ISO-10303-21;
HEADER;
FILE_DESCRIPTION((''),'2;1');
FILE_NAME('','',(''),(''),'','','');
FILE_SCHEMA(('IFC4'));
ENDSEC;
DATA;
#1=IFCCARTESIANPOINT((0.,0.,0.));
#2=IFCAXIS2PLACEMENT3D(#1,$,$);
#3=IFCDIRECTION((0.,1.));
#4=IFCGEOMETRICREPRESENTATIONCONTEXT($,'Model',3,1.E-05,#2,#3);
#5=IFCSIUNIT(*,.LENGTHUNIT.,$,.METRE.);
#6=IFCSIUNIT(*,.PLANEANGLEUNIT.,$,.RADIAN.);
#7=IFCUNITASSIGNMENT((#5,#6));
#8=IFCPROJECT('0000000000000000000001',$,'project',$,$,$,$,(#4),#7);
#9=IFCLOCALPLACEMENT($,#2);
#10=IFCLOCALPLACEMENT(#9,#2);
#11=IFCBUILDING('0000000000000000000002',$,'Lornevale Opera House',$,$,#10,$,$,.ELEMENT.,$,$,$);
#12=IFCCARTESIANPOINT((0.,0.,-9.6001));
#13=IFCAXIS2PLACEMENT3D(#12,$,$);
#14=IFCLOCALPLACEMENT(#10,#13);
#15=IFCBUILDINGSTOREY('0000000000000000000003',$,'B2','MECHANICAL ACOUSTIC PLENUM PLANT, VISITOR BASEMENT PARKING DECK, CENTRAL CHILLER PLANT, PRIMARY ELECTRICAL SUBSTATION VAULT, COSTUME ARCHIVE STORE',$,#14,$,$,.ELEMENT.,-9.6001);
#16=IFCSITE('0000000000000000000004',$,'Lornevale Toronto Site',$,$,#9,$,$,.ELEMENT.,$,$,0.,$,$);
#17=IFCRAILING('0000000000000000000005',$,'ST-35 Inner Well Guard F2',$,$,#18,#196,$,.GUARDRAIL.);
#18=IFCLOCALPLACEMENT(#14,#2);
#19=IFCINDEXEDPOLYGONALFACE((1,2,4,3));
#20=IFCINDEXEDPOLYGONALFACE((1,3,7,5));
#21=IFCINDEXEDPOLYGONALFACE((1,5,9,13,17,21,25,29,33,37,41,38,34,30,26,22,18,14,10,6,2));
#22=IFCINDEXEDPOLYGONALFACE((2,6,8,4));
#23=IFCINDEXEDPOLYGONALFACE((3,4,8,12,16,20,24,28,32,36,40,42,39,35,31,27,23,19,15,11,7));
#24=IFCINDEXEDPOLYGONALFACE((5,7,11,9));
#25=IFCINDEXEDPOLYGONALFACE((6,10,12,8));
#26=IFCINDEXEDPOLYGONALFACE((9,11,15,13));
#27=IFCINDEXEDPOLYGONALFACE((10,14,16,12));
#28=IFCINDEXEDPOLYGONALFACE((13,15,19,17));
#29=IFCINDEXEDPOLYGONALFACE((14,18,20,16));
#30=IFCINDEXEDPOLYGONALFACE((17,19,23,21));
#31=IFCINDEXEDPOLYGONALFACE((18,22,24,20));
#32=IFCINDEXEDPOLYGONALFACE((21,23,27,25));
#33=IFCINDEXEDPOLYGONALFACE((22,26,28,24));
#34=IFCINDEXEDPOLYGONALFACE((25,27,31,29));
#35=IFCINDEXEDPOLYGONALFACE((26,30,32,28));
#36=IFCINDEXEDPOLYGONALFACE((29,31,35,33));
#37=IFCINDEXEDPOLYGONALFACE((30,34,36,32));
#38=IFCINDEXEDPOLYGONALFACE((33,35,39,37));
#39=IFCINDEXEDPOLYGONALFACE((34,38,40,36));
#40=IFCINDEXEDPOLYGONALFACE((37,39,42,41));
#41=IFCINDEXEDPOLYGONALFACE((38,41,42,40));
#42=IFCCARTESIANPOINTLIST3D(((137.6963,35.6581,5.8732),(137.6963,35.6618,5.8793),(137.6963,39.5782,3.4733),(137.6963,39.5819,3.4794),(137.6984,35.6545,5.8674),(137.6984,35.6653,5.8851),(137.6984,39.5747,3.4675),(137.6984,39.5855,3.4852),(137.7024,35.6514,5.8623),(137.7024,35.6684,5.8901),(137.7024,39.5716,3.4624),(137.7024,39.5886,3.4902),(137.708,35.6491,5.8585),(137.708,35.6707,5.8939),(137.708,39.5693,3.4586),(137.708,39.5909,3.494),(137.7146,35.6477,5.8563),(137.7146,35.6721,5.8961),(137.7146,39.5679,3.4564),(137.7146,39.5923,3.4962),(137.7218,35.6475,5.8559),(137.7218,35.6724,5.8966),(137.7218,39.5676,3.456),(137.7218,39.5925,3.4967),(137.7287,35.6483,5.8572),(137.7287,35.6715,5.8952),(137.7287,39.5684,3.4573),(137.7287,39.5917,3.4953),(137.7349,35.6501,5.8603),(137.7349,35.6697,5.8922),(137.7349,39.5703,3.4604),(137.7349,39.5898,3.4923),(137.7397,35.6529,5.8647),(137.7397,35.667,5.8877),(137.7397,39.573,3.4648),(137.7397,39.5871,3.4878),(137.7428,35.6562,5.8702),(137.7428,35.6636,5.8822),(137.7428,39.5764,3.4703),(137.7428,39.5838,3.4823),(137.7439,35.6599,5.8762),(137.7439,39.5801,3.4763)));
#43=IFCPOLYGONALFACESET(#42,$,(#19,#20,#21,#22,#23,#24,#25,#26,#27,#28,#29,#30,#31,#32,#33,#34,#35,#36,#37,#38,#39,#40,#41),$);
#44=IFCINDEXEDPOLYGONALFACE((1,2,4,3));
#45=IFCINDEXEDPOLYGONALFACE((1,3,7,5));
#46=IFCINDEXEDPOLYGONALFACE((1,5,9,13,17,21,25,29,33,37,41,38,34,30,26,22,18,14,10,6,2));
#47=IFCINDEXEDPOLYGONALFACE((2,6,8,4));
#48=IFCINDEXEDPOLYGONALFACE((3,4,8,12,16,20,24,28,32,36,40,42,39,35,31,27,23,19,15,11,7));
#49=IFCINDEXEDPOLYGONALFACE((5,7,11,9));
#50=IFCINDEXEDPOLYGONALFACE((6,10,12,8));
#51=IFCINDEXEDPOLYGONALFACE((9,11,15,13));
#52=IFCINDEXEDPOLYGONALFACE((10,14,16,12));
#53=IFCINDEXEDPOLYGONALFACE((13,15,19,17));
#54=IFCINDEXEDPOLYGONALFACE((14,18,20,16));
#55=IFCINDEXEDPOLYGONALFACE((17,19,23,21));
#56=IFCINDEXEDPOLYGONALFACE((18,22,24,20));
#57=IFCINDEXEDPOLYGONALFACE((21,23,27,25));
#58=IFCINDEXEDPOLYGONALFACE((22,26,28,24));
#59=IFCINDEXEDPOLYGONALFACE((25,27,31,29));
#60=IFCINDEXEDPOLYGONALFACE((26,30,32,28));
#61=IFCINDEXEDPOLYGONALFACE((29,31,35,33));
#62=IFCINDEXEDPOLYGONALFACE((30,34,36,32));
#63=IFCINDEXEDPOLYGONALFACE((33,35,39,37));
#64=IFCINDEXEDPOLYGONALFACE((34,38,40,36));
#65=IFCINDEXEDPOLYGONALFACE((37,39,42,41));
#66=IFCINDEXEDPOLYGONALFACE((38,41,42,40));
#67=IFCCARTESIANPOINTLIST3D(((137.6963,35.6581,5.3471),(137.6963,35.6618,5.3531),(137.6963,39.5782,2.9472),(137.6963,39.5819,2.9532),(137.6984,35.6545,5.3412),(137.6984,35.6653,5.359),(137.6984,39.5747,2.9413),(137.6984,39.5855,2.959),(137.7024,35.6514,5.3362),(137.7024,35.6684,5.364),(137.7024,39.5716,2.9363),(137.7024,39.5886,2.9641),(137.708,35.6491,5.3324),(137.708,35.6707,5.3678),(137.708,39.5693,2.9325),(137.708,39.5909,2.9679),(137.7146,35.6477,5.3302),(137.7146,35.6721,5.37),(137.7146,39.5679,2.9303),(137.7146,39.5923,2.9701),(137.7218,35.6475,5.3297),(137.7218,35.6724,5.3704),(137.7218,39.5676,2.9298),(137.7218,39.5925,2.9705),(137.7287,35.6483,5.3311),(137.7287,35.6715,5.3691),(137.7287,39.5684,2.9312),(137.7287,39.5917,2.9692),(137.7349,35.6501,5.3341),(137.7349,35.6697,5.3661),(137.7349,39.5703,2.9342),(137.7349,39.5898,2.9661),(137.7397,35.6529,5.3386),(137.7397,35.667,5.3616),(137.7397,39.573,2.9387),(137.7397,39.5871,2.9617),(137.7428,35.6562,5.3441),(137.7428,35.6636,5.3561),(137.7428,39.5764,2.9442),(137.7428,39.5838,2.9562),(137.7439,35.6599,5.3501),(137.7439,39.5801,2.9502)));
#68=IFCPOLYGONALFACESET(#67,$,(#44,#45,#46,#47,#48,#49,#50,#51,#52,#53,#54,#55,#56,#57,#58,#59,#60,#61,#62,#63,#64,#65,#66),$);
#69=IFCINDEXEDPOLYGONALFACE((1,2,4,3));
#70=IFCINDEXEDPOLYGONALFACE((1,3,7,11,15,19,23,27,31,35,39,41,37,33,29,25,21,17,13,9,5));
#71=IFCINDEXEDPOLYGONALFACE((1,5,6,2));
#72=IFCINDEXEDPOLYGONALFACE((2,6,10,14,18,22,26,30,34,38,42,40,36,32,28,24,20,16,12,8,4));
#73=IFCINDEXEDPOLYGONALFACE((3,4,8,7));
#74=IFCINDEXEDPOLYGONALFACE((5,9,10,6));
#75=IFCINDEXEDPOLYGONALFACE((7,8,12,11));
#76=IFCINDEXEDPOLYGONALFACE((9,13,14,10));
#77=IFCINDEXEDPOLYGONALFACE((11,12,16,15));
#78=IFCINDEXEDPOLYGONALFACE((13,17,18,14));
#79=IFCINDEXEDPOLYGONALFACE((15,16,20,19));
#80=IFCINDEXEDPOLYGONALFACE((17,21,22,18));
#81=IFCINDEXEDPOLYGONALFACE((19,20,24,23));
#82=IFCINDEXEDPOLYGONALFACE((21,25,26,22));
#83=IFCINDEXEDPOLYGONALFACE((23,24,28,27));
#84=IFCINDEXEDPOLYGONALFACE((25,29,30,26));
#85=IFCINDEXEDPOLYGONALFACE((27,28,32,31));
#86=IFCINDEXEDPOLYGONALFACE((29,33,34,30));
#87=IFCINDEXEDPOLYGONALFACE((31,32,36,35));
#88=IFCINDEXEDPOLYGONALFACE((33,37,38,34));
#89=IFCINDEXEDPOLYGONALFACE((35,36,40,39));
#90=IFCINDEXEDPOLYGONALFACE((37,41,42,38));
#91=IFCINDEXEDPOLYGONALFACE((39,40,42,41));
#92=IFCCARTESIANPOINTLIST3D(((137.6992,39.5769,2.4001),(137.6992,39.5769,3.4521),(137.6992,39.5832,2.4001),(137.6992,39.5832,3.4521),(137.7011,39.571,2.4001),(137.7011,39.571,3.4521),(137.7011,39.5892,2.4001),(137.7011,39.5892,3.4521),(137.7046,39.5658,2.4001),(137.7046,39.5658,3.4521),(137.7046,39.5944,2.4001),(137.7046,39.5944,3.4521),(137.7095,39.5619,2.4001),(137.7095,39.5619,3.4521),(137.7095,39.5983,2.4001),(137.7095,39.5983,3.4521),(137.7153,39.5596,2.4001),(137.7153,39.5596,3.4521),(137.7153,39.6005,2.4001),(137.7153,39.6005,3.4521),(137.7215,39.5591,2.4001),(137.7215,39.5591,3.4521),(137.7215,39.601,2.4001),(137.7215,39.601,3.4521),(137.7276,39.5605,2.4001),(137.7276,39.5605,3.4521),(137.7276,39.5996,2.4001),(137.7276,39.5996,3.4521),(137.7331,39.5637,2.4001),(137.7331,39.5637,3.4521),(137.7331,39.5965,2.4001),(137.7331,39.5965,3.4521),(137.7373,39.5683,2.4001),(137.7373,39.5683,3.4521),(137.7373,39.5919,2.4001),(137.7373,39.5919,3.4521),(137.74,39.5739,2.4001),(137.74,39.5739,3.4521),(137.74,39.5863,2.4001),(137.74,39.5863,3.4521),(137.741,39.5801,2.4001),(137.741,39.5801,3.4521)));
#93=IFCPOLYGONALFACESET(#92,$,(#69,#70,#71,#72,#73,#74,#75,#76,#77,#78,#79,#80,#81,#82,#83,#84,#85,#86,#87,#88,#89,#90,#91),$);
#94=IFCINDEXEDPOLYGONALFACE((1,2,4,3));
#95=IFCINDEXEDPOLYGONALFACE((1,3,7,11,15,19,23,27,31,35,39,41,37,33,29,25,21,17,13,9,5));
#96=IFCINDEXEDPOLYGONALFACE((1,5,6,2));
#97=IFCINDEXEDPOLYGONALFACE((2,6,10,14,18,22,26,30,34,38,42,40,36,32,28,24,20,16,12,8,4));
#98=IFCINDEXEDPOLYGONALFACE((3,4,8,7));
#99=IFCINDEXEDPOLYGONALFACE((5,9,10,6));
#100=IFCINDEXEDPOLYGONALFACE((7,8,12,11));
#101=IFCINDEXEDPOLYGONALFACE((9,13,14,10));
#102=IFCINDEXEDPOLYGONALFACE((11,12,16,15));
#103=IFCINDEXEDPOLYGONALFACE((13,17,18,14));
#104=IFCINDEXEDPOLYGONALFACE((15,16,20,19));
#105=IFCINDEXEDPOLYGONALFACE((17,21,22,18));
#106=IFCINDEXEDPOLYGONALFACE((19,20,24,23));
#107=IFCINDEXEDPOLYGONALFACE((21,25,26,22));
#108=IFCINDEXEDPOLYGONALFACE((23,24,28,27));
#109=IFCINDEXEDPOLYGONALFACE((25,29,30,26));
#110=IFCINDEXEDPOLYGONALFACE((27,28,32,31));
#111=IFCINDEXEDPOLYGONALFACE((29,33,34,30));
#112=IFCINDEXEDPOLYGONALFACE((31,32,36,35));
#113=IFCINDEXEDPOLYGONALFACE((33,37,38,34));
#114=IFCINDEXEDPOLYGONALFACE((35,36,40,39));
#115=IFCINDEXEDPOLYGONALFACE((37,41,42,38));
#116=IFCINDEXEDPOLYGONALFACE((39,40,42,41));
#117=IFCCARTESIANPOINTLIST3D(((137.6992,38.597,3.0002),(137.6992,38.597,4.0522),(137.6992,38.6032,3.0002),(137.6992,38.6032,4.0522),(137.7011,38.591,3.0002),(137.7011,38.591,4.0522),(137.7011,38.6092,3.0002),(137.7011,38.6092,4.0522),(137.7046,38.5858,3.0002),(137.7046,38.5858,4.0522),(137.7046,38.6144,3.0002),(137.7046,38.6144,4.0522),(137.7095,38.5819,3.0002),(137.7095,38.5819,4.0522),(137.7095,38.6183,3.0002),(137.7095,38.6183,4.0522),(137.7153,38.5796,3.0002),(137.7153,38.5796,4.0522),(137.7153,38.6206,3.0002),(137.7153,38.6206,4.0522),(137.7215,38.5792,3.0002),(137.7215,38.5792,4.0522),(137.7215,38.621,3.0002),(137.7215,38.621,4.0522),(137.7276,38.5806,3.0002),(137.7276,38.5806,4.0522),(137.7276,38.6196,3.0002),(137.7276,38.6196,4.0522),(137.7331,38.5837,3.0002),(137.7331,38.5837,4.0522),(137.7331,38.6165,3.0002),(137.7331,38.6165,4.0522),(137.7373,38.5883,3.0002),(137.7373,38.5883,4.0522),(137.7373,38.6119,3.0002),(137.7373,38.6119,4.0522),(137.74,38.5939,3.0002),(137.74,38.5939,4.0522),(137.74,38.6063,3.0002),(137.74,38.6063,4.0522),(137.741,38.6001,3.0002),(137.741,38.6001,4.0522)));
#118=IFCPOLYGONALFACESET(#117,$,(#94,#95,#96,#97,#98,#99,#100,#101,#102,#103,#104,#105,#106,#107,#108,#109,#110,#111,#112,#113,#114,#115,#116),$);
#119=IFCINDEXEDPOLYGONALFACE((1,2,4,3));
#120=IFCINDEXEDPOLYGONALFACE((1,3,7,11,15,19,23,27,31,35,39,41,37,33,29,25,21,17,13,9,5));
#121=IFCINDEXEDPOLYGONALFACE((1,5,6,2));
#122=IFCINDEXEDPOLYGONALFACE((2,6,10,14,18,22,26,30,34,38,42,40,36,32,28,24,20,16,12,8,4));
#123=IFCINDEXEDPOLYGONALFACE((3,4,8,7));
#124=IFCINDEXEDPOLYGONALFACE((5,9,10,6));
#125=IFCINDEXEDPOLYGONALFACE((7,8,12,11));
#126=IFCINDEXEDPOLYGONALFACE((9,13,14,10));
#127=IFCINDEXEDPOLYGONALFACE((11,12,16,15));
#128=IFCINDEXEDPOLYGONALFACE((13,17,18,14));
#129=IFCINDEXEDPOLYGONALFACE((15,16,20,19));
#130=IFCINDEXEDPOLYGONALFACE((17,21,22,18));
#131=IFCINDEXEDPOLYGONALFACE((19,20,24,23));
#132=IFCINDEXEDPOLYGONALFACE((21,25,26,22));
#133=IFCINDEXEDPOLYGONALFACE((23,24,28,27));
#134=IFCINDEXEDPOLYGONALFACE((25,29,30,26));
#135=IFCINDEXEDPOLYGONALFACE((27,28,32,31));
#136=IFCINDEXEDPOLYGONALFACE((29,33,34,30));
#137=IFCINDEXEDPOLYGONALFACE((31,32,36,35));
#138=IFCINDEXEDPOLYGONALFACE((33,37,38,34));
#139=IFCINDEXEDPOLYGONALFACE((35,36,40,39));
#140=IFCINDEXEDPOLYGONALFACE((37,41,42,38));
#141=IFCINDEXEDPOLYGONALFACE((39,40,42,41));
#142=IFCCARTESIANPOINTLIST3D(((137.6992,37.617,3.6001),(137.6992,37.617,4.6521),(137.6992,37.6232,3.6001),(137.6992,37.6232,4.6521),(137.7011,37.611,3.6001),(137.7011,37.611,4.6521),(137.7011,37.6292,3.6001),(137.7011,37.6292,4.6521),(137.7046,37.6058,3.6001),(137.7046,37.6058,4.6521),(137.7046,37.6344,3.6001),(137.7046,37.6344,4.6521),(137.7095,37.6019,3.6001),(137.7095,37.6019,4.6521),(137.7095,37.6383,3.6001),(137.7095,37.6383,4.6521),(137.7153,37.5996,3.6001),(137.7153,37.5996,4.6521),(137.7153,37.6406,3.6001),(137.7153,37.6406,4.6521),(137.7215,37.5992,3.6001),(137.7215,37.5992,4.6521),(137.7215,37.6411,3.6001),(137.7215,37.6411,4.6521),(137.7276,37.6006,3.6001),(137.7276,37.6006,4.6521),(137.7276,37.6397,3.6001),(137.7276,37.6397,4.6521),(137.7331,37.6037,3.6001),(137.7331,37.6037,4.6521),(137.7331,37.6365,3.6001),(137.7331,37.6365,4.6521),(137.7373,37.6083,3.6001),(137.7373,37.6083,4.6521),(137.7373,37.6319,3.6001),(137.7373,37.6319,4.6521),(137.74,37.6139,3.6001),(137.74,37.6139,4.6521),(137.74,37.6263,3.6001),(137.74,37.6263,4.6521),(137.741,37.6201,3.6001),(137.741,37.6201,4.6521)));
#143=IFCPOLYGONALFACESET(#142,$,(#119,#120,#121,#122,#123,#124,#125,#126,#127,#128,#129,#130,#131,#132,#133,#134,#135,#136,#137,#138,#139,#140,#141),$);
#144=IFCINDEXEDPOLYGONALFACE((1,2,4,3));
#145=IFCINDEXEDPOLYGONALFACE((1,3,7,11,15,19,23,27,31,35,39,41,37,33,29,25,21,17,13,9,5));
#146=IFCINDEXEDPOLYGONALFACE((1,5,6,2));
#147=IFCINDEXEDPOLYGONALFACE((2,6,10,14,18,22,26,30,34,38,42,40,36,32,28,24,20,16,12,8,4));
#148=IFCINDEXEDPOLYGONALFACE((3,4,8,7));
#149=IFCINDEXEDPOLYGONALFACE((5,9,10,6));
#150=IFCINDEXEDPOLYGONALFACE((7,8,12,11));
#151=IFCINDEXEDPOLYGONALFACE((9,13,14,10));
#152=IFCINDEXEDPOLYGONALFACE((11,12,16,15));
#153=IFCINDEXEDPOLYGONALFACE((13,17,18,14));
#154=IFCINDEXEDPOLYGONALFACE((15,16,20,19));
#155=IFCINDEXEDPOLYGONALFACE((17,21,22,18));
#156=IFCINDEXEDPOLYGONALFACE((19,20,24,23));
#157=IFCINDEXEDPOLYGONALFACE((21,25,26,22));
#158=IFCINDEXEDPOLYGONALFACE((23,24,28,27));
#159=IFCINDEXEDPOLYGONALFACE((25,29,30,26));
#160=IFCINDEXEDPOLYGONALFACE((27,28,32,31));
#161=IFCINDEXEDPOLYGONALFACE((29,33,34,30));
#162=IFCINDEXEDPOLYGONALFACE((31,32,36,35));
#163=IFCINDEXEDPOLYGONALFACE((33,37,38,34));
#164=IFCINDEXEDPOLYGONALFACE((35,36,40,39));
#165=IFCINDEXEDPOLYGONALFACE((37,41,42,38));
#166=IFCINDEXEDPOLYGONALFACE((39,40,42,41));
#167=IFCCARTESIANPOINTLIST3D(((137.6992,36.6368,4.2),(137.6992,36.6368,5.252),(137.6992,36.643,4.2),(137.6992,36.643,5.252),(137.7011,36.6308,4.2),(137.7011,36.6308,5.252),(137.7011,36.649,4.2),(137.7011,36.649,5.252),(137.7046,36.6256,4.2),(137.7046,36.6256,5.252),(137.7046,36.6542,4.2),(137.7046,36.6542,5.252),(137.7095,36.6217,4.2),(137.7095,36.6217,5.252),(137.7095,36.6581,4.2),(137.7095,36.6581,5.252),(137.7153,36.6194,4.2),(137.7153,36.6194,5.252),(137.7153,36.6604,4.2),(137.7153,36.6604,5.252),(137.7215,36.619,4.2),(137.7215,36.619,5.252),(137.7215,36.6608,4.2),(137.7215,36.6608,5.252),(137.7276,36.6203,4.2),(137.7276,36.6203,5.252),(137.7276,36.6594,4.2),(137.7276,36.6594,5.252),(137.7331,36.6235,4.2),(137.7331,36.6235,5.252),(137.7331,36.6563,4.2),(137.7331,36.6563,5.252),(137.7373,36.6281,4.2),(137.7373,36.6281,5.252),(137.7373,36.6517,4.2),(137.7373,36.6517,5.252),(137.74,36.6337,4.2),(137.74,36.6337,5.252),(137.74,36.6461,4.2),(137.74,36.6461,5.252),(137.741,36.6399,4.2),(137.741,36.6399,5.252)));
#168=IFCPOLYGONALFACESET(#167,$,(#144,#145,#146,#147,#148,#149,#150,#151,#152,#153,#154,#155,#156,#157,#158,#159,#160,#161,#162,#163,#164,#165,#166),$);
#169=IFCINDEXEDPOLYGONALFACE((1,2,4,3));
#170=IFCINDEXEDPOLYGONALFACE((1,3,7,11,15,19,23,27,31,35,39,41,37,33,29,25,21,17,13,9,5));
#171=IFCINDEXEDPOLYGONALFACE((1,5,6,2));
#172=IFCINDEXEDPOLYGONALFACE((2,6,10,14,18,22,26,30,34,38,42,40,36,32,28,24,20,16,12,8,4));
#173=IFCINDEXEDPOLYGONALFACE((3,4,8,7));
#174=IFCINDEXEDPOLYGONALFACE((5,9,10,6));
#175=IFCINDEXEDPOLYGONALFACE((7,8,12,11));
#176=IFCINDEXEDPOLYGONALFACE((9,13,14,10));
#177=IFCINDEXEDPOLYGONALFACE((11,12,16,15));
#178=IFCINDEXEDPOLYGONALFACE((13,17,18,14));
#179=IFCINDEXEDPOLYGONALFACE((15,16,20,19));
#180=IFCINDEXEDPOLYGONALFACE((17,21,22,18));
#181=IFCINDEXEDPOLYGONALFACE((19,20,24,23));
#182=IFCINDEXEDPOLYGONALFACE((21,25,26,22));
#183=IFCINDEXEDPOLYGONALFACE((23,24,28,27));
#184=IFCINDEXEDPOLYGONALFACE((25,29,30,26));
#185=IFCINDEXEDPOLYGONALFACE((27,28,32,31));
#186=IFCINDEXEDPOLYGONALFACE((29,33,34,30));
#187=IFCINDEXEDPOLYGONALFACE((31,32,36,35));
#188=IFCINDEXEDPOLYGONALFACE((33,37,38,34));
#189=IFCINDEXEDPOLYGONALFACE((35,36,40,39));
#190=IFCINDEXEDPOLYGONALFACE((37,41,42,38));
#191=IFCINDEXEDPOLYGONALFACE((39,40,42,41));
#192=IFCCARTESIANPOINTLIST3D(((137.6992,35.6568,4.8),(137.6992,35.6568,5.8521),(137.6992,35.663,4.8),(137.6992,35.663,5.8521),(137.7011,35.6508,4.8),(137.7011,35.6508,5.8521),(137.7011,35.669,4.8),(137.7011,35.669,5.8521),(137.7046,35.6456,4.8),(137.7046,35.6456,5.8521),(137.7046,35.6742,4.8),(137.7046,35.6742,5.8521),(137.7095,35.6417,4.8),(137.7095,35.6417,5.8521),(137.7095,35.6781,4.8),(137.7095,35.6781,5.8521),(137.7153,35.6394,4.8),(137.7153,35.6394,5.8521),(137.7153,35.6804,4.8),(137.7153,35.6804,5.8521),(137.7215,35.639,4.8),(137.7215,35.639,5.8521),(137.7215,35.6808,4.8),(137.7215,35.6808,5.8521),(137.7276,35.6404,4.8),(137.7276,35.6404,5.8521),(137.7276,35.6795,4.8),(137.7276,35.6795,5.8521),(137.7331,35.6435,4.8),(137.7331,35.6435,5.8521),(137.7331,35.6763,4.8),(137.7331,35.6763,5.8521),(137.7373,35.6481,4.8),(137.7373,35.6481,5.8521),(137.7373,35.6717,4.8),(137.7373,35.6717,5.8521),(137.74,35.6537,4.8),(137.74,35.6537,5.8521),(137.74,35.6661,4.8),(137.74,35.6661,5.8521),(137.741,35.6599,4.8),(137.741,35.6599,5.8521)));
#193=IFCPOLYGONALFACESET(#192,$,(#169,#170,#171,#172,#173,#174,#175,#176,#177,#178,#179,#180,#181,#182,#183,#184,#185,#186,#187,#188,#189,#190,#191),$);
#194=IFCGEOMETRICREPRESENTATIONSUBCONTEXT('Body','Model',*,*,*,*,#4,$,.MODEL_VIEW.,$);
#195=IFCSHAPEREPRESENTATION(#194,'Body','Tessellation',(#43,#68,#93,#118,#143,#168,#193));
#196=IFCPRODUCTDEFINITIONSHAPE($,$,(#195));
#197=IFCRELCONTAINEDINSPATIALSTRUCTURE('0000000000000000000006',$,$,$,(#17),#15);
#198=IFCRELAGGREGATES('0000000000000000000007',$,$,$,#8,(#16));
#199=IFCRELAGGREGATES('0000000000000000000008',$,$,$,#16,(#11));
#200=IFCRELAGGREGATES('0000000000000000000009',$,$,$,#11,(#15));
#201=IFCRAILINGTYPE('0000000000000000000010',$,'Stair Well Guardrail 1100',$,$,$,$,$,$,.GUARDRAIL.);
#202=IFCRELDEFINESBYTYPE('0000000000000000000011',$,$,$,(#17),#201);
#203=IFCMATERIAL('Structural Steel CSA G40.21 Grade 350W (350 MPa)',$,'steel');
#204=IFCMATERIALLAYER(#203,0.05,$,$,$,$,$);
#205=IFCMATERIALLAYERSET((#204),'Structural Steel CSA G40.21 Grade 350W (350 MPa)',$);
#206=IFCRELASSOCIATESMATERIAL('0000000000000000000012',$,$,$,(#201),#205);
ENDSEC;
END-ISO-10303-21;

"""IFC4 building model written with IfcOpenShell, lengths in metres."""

from ifc_helpers import new_model, si_unit, direction, frame, origin, origin_2d, place, context, subcontext, project, spatial, circle, extrude, material, layer, layer_set, type_object, element, save


model = new_model("IFC4")

# Units and contexts
model_context = context("Model", 3, precision=1e-05, world=origin(), true_north=direction((0.0, 1.0)))
body_context = subcontext(model_context, "Body", "Model", "MODEL_VIEW")
ifc_project = project(units=[si_unit("LENGTHUNIT", "METRE"), si_unit("PLANEANGLEUNIT", "RADIAN")], contexts=[model_context])

# Site, building, storey
site_placement = place(None, origin())
site = spatial("IfcSite", under=ifc_project, at=site_placement, Name="Lornevale Toronto Site", CompositionType="ELEMENT", RefElevation=0.0)
building_placement = place(site_placement, origin())
building = spatial("IfcBuilding", under=site, at=building_placement, Name="Lornevale Opera House", CompositionType="ELEMENT")
storey_placement = place(building_placement, frame((0.0, 0.0, -9.6001)))
storey = spatial("IfcBuildingStorey", under=building, at=storey_placement, Name="B2", Description="MECHANICAL ACOUSTIC PLENUM PLANT, VISITOR BASEMENT PARKING DECK, CENTRAL CHILLER PLANT, PRIMARY ELECTRICAL SUBSTATION VAULT, COSTUME ARCHIVE STORE", CompositionType="ELEMENT", Elevation=-9.6001)

# Railing
ifc_material_1 = material(Name="Structural Steel CSA G40.21 Grade 350W (350 MPa)", Category="steel")
ifc_layer_1 = layer(ifc_material_1, 0.05)
ifc_layer_set_1 = layer_set([ifc_layer_1], Name="Structural Steel CSA G40.21 Grade 350W (350 MPa)")
railing_type_1 = type_object("IfcRailingType", Name="Stair Well Guardrail 1100", PredefinedType="GUARDRAIL", material=ifc_layer_set_1)
railing_1_placement = place(storey_placement, frame((137.72, 39.5801, 2.4001)))
element("IfcRailing", 1, at=railing_1_placement, inside=storey, type_object=railing_type_1, Name="ST-35 Inner Well Guard F2", PredefinedType="GUARDRAIL", context=body_context, shape_type="SweptSolid", body=[
    extrude(circle(Radius=0.0239, at=origin_2d()), frame((0.0, 0.0, 1.0762), z_axis=(0.0, -0.852871, 0.522122), x_axis=(1.0, 0.0, 0.0)), (0.0, 0.0, 1.0), 4.5964),
    extrude(circle(Radius=0.0239, at=origin_2d()), frame((0.0, 0.0, 0.55), z_axis=(0.0, -0.852871, 0.522122), x_axis=(1.0, 0.0, 0.0)), (0.0, 0.0, 1.0), 4.5964),
    extrude(circle(Radius=0.021, at=origin_2d()), origin(), (0.0, 0.0, 1.0), 1.052),
    extrude(circle(Radius=0.021, at=origin_2d()), frame((0.0, -0.98, 0.6001)), (0.0, 0.0, 1.0), 1.052),
    extrude(circle(Radius=0.021, at=origin_2d()), frame((0.0, -1.96, 1.2)), (0.0, 0.0, 1.0), 1.052),
    extrude(circle(Radius=0.021, at=origin_2d()), frame((0.0, -2.9402, 1.7998)), (0.0, 0.0, 1.0), 1.052),
    extrude(circle(Radius=0.021, at=origin_2d()), frame((0.0, -3.9202, 2.3999)), (0.0, 0.0, 1.0), 1.052),
])

save(model, "model.ifc")
